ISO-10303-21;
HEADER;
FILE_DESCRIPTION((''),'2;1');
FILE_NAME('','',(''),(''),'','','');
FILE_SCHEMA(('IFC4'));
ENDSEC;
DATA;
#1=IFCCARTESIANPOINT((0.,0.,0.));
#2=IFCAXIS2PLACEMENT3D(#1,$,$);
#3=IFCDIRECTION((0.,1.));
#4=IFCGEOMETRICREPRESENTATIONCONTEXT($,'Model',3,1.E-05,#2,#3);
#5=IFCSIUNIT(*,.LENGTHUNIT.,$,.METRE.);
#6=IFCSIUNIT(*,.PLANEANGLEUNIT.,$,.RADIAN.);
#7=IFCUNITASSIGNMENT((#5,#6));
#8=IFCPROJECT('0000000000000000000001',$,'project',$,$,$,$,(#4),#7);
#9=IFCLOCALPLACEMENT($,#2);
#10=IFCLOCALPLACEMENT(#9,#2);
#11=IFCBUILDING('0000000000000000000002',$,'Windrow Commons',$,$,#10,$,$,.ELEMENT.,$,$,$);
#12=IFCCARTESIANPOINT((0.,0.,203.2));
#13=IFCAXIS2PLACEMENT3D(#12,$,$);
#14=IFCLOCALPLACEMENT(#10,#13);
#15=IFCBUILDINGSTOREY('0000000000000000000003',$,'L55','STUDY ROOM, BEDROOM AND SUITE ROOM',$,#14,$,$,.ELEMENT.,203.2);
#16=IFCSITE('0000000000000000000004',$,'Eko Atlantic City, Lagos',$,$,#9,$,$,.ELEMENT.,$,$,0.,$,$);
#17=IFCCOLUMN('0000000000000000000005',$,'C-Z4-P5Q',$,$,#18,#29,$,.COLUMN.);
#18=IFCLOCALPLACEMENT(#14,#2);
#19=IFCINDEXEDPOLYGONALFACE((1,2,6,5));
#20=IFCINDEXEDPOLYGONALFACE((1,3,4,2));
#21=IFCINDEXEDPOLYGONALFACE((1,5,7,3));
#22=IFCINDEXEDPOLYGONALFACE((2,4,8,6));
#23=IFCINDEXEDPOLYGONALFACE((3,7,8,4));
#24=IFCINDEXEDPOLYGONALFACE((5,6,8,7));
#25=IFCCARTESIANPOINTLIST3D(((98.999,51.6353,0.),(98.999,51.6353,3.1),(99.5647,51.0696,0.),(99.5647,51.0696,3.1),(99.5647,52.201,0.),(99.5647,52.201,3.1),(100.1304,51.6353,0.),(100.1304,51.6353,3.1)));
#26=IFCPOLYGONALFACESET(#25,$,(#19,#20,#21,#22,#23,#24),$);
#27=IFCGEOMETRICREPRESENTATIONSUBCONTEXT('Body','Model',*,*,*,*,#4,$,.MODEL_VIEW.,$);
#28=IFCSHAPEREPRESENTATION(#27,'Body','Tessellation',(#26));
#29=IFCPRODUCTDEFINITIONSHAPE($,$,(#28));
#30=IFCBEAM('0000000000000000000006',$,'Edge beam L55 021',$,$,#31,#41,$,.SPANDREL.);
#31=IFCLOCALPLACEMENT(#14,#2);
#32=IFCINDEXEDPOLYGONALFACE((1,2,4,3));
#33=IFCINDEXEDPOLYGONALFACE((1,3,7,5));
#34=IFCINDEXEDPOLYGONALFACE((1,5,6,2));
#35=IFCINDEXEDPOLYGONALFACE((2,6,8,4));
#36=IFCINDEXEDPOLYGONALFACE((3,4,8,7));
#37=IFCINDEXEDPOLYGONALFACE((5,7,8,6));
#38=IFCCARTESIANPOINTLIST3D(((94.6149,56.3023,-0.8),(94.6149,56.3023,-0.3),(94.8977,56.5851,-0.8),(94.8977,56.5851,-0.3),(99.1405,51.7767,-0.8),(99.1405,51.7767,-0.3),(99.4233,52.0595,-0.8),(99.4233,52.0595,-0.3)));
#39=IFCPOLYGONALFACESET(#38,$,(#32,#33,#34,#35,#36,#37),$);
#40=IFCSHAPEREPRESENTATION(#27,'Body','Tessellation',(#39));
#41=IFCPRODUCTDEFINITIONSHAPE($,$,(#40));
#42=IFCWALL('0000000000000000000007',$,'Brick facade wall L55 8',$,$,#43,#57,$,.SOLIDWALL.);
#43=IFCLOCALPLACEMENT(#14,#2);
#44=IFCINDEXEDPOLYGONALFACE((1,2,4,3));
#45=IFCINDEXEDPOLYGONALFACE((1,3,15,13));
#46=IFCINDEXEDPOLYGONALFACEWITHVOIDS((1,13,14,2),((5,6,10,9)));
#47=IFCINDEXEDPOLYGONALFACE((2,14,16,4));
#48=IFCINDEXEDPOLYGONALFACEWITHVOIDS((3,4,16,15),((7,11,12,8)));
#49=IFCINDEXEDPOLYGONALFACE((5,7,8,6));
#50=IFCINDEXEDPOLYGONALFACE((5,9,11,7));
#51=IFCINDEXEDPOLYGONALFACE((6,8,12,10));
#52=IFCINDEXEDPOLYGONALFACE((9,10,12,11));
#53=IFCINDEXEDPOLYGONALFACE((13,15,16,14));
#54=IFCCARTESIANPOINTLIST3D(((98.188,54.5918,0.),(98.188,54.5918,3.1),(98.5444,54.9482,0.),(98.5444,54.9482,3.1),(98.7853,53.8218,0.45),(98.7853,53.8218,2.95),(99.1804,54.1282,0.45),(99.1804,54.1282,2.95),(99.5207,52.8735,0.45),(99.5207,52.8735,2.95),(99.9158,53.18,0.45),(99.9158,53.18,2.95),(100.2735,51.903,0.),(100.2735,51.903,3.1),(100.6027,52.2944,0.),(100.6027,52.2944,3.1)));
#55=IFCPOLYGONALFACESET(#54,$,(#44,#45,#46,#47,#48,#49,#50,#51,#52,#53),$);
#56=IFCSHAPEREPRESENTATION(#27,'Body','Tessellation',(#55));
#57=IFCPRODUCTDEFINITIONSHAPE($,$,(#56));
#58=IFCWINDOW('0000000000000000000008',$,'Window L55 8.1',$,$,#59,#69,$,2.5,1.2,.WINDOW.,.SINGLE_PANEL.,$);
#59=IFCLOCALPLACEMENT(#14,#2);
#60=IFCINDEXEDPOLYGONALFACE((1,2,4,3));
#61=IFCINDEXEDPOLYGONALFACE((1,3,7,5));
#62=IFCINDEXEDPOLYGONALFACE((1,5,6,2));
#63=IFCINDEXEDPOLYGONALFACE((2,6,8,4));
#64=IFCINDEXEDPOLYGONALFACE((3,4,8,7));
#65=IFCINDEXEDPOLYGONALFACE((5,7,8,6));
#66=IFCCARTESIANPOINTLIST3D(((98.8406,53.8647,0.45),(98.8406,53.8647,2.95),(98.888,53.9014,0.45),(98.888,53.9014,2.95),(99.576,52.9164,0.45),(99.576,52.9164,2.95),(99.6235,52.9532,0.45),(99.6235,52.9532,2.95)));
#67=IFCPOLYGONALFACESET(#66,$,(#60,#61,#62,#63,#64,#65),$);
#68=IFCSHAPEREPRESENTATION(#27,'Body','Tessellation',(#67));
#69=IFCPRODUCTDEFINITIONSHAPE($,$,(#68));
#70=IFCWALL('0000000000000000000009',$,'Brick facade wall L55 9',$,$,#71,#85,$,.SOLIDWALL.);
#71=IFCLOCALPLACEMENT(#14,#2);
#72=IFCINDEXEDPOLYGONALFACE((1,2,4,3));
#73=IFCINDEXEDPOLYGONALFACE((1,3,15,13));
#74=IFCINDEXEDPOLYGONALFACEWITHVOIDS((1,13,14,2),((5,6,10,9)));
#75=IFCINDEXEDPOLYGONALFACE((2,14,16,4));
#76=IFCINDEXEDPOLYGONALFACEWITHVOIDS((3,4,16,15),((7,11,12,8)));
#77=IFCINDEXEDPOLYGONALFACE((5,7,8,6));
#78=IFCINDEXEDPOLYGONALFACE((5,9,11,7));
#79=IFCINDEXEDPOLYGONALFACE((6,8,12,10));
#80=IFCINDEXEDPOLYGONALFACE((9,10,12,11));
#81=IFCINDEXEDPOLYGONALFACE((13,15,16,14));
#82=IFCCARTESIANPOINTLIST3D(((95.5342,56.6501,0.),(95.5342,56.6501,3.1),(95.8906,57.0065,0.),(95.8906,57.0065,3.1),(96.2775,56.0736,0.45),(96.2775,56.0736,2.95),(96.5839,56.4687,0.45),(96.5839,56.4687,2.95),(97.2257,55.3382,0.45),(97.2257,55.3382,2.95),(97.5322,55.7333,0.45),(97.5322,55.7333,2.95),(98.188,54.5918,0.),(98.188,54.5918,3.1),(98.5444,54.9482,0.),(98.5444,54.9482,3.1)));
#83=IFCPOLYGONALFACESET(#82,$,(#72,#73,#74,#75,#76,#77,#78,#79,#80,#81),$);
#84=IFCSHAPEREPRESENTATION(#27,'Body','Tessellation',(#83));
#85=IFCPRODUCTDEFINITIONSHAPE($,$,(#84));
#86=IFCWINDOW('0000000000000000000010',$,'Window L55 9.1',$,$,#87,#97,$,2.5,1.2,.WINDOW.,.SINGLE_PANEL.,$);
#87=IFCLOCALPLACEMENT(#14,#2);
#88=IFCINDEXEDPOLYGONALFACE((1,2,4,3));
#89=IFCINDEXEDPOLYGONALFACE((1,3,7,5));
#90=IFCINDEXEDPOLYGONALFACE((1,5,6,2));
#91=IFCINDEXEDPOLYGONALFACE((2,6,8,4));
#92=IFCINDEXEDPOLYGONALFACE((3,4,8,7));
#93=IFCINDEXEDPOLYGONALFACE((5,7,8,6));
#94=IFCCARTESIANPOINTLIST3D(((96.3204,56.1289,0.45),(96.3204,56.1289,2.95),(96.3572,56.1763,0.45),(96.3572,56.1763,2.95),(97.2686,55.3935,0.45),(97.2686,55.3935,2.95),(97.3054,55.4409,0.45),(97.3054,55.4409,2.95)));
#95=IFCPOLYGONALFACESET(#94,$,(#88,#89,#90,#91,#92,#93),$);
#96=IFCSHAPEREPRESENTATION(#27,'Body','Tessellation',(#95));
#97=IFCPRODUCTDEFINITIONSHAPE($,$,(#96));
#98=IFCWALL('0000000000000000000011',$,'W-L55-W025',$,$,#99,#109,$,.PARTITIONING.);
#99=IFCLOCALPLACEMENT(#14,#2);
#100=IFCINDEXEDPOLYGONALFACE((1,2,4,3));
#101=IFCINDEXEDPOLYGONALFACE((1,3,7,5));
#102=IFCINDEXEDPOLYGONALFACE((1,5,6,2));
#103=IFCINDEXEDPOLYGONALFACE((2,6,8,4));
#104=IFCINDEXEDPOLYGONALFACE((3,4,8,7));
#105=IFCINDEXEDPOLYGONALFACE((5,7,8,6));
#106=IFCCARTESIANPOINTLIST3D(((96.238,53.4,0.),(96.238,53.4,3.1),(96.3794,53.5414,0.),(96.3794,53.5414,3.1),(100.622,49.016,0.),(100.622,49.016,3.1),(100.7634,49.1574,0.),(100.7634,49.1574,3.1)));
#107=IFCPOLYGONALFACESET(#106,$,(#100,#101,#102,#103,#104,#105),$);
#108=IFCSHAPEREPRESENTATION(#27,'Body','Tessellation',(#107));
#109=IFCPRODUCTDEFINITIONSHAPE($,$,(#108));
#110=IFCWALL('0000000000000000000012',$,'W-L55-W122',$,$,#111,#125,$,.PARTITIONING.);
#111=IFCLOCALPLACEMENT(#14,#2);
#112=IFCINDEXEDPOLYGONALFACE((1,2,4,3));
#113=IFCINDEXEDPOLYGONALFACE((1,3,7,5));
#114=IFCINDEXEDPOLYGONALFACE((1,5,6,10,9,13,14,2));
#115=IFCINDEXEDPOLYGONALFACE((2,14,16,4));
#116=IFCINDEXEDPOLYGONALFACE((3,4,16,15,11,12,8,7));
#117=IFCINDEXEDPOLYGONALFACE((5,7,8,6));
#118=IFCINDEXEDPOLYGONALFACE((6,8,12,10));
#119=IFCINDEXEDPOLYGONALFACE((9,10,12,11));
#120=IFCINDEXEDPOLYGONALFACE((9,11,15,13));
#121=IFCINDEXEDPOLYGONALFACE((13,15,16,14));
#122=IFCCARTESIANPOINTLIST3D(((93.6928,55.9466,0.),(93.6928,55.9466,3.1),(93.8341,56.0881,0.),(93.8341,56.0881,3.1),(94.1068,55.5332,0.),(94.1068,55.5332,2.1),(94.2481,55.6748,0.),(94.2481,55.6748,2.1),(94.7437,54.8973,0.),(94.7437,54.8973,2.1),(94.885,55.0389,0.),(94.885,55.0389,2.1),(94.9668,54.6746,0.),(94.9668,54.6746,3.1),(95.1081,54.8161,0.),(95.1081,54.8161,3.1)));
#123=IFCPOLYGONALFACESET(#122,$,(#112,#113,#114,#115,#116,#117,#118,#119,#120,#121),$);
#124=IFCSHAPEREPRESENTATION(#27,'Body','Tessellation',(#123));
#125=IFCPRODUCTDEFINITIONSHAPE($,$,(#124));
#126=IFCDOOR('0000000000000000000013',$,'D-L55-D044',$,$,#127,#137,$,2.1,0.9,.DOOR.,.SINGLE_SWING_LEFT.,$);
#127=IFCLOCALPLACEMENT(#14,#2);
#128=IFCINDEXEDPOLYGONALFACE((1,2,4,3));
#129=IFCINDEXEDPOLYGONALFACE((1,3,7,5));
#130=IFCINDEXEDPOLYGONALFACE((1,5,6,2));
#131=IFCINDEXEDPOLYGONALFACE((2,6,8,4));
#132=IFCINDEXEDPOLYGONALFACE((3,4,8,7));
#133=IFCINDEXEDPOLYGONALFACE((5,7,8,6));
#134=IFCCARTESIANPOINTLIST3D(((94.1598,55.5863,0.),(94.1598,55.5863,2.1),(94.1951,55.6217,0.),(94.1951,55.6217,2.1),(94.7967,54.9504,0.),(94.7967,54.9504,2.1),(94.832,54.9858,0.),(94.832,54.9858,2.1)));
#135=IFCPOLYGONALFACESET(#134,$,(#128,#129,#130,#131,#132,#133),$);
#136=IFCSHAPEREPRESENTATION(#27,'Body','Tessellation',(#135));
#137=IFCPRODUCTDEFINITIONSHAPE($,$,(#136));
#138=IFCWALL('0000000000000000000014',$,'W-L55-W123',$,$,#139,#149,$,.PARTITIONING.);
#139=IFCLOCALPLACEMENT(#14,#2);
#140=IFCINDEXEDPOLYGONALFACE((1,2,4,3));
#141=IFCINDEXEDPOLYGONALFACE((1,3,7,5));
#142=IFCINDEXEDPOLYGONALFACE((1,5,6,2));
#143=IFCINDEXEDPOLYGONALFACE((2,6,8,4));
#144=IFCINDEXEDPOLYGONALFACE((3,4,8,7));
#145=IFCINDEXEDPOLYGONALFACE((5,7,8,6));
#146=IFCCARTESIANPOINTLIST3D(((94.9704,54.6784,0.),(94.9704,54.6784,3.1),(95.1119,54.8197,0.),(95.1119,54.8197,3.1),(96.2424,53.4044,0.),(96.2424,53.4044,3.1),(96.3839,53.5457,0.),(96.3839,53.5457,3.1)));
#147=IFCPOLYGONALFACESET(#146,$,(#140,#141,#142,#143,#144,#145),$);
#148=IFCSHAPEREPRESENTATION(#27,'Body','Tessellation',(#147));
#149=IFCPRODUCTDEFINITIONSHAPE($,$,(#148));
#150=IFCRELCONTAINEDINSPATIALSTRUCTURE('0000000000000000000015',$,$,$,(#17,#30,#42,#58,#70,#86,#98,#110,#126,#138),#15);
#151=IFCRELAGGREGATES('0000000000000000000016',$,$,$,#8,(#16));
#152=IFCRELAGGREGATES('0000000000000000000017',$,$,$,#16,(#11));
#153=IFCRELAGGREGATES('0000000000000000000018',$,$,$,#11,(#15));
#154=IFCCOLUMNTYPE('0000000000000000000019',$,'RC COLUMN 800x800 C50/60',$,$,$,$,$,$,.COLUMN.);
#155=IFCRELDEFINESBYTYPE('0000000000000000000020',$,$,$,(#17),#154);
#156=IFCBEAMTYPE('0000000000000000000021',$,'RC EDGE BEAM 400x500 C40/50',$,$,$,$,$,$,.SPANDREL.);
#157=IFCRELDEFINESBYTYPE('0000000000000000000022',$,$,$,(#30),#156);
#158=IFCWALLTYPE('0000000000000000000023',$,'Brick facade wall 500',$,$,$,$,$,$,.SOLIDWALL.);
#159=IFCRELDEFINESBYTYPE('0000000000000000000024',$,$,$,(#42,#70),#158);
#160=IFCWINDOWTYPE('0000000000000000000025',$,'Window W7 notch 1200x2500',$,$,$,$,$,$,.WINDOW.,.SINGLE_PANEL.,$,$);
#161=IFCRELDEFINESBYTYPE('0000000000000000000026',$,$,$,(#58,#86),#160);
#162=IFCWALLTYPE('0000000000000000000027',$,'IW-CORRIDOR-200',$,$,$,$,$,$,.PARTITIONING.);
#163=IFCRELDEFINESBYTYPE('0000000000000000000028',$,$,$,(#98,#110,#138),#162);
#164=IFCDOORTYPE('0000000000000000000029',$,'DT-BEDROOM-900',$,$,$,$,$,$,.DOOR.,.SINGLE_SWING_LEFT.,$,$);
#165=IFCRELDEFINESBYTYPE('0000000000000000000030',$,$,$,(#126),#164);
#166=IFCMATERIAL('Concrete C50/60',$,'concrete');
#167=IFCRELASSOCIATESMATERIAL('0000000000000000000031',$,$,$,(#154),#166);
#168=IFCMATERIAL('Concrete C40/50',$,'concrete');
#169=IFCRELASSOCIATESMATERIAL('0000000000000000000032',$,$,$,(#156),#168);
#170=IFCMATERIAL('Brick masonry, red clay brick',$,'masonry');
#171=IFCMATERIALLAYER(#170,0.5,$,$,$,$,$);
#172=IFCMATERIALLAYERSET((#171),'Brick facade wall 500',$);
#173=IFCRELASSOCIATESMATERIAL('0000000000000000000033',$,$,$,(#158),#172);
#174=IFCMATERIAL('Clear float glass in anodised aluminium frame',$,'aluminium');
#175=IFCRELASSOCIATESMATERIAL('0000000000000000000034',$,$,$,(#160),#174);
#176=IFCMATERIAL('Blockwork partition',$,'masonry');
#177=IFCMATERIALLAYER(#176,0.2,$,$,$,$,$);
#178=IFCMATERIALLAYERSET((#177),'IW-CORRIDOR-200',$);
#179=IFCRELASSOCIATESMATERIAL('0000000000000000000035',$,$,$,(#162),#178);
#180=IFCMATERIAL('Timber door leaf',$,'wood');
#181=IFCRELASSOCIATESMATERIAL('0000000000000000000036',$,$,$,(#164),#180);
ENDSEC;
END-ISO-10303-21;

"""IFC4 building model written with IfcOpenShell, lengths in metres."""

from ifc_helpers import new_model, si_unit, direction, frame, frame_2d, origin, origin_2d, place, context, subcontext, project, spatial, polyline, rectangle, outline, extrude, material, layer, layer_set, material_profile, profile_set, type_object, element, fill, save


model = new_model("IFC4")

# Units and contexts
model_context = context("Model", 3, precision=1e-05, world=origin(), true_north=direction((0.0, 1.0)))
body_context = subcontext(model_context, "Body", "Model", "MODEL_VIEW")
ifc_project = project(units=[si_unit("LENGTHUNIT", "METRE"), si_unit("PLANEANGLEUNIT", "RADIAN")], contexts=[model_context])

# Site, building, storey
site_placement = place(None, origin())
site = spatial("IfcSite", under=ifc_project, at=site_placement, Name="Eko Atlantic City, Lagos", CompositionType="ELEMENT", RefElevation=0.0)
building_placement = place(site_placement, origin())
building = spatial("IfcBuilding", under=site, at=building_placement, Name="Windrow Commons", CompositionType="ELEMENT")
storey_placement = place(building_placement, frame((0.0, 0.0, 203.2)))
storey = spatial("IfcBuildingStorey", under=building, at=storey_placement, Name="L55", Description="STUDY ROOM, BEDROOM AND SUITE ROOM", CompositionType="ELEMENT", Elevation=203.2)

# Column
ifc_material_1 = material(Name="Concrete C50/60", Category="concrete")
ifc_material_profile_1 = material_profile(ifc_material_1, rectangle(XDim=0.8, YDim=0.8, at=origin_2d()))
ifc_profile_set_1 = profile_set([ifc_material_profile_1], Name="Concrete C50/60")
column_type = type_object("IfcColumnType", Name="RC COLUMN 800x800 C50/60", PredefinedType="COLUMN", material=ifc_profile_set_1)
column_placement = place(storey_placement, frame((99.5647, 51.6353, 0.0), z_axis=(0.0, 0.0, 1.0), x_axis=(0.707107, -0.707107, 0.0)))
element("IfcColumn", 1, at=column_placement, inside=storey, type_object=column_type, Name="C-Z4-P5Q", PredefinedType="COLUMN", context=body_context, shape_type="SweptSolid", body=[
    extrude(rectangle(XDim=0.8, YDim=0.8, at=origin_2d()), origin(), (0.0, 0.0, 1.0), 3.1),
])

# Beam
ifc_material_2 = material(Name="Concrete C40/50", Category="concrete")
ifc_material_profile_2 = material_profile(ifc_material_2, rectangle(XDim=0.4, YDim=0.5, at=origin_2d()))
ifc_profile_set_2 = profile_set([ifc_material_profile_2], Name="Concrete C40/50")
beam_type = type_object("IfcBeamType", Name="RC EDGE BEAM 400x500 C40/50", PredefinedType="SPANDREL", material=ifc_profile_set_2)
beam_placement = place(storey_placement, frame((94.7563, 56.4437, -0.55), z_axis=(0.707107, -0.707107, 0.0), x_axis=(0.707107, 0.707107, 0.0)))
element("IfcBeam", 2, at=beam_placement, inside=storey, type_object=beam_type, Name="Edge beam L55 021", PredefinedType="SPANDREL", context=body_context, shape_type="SweptSolid", body=[
    extrude(rectangle(XDim=0.4, YDim=0.5, at=origin_2d()), origin(), (0.0, 0.0, 1.0), 6.4002),
])

# Walls, openings, windows
ifc_material_3 = material(Name="Brick masonry, red clay brick", Category="masonry")
ifc_layer_1 = layer(ifc_material_3, 0.5)
ifc_layer_set_1 = layer_set([ifc_layer_1], Name="Brick facade wall 500")
wall_type_1 = type_object("IfcWallType", Name="Brick facade wall 500", PredefinedType="SOLIDWALL", material=ifc_layer_set_1)
wall_1_placement = place(storey_placement, frame((100.4381, 52.0987, 0.0), z_axis=(0.0, 0.0, 1.0), x_axis=(-0.612875, 0.79018, 0.0)))
wall_1 = element("IfcWall", 3, at=wall_1_placement, inside=storey, type_object=wall_type_1, Name="Brick facade wall L55 8", PredefinedType="SOLIDWALL", context=body_context, shape_type="SweptSolid", body=[
    extrude(outline(polyline([(0.0537, -0.25), (3.4122, -0.25), (3.349, 0.25), (-0.0537, 0.25), (0.0537, -0.25)])), origin(), (0.0, 0.0, 1.0), 3.1),
])
opening_1_placement = place(wall_1_placement, frame((1.1745, 0.0, 0.45)))
opening_1 = element("IfcOpeningElement", 4, at=opening_1_placement, cuts=wall_1, PredefinedType="OPENING", context=body_context, shape_type="SweptSolid", body=[
    extrude(rectangle(XDim=1.2, YDim=2.5, at=frame_2d((0.6, 1.25))), frame((0.0, 0.26, 0.0), z_axis=(0.0, -1.0, 0.0), x_axis=(1.0, 0.0, 0.0)), (0.0, 0.0, 1.0), 0.52),
])
ifc_material_4 = material(Name="Clear float glass in anodised aluminium frame", Category="aluminium")
window_type = type_object("IfcWindowType", Name="Window W7 notch 1200x2500", PartitioningType="SINGLE_PANEL", PredefinedType="WINDOW", material=ifc_material_4)
window_1_placement = place(opening_1_placement, origin())
window_1 = element("IfcWindow", 5, at=window_1_placement, inside=storey, type_object=window_type, Name="Window L55 8.1", OverallHeight=2.5, OverallWidth=1.2, PartitioningType="SINGLE_PANEL", PredefinedType="WINDOW", context=body_context, shape_type="SweptSolid", body=[
    extrude(rectangle(XDim=1.2, YDim=2.5, at=frame_2d((0.6, 1.25))), frame((0.0, 0.18, 0.0), z_axis=(0.0, -1.0, 0.0), x_axis=(1.0, 0.0, 0.0)), (0.0, 0.0, 1.0), 0.06),
])
fill(opening_1, window_1)
wall_2_placement = place(storey_placement, frame((98.3662, 54.77, 0.0), z_axis=(0.0, 0.0, 1.0), x_axis=(-0.790184, 0.61287, 0.0)))
wall_2 = element("IfcWall", 6, at=wall_2_placement, inside=storey, type_object=wall_type_1, Name="Brick facade wall L55 9", PredefinedType="SOLIDWALL", context=body_context, shape_type="SweptSolid", body=[
    extrude(outline(polyline([(-0.0316, -0.25), (3.3269, -0.25), (3.3901, 0.25), (0.0316, 0.25), (-0.0316, -0.25)])), origin(), (0.0, 0.0, 1.0), 3.1),
])
opening_2_placement = place(wall_2_placement, frame((1.2494, 0.0, 0.45)))
opening_2 = element("IfcOpeningElement", 7, at=opening_2_placement, cuts=wall_2, PredefinedType="OPENING", context=body_context, shape_type="SweptSolid", body=[
    extrude(rectangle(XDim=1.2, YDim=2.5, at=frame_2d((0.6, 1.25))), frame((0.0, 0.26, 0.0), z_axis=(0.0, -1.0, 0.0), x_axis=(1.0, 0.0, 0.0)), (0.0, 0.0, 1.0), 0.52),
])
window_2_placement = place(opening_2_placement, origin())
window_2 = element("IfcWindow", 8, at=window_2_placement, inside=storey, type_object=window_type, Name="Window L55 9.1", OverallHeight=2.5, OverallWidth=1.2, PartitioningType="SINGLE_PANEL", PredefinedType="WINDOW", context=body_context, shape_type="SweptSolid", body=[
    extrude(rectangle(XDim=1.2, YDim=2.5, at=frame_2d((0.6, 1.25))), frame((0.0, 0.18, 0.0), z_axis=(0.0, -1.0, 0.0), x_axis=(1.0, 0.0, 0.0)), (0.0, 0.0, 1.0), 0.06),
])
fill(opening_2, window_2)

# Wall
ifc_material_5 = material(Name="Blockwork partition", Category="masonry")
ifc_layer_2 = layer(ifc_material_5, 0.2)
ifc_layer_set_2 = layer_set([ifc_layer_2], Name="IW-CORRIDOR-200")
wall_type_2 = type_object("IfcWallType", Name="IW-CORRIDOR-200", PredefinedType="PARTITIONING", material=ifc_layer_set_2)
wall_3_placement = place(storey_placement, frame((96.3087, 53.4707, 0.0), z_axis=(0.0, 0.0, 1.0), x_axis=(0.707107, -0.707107, 0.0)))
element("IfcWall", 9, at=wall_3_placement, inside=storey, type_object=wall_type_2, Name="W-L55-W025", PredefinedType="PARTITIONING", context=body_context, shape_type="SweptSolid", body=[
    extrude(rectangle(XDim=6.1999, YDim=0.2, at=frame_2d((3.1, 0.0))), origin(), (0.0, 0.0, 1.0), 3.1),
])

# Wall, opening, door
wall_4_placement = place(storey_placement, frame((93.7634, 56.0174, 0.0), z_axis=(0.0, 0.0, 1.0), x_axis=(0.707662, -0.706551, 0.0)))
wall_4 = element("IfcWall", 10, at=wall_4_placement, inside=storey, type_object=wall_type_2, Name="W-L55-W122", PredefinedType="PARTITIONING", context=body_context, shape_type="SweptSolid", body=[
    extrude(rectangle(XDim=1.8003, YDim=0.2, at=frame_2d((0.9002, 0.0))), origin(), (0.0, 0.0, 1.0), 3.1),
])
opening_3_placement = place(wall_4_placement, frame((0.5851, 0.0, 0.0)))
opening_3 = element("IfcOpeningElement", 11, at=opening_3_placement, cuts=wall_4, PredefinedType="OPENING", context=body_context, shape_type="SweptSolid", body=[
    extrude(rectangle(XDim=0.9, YDim=2.1, at=frame_2d((0.45, 1.05))), frame((0.0, 0.11, 0.0), z_axis=(0.0, -1.0, 0.0), x_axis=(1.0, 0.0, 0.0)), (0.0, 0.0, 1.0), 0.22),
])
ifc_material_6 = material(Name="Timber door leaf", Category="wood")
door_type_1 = type_object("IfcDoorType", Name="DT-BEDROOM-900", OperationType="SINGLE_SWING_LEFT", PredefinedType="DOOR", material=ifc_material_6)
door_1_placement = place(opening_3_placement, origin())
door_1 = element("IfcDoor", 12, at=door_1_placement, inside=storey, type_object=door_type_1, Name="D-L55-D044", OperationType="SINGLE_SWING_LEFT", OverallHeight=2.1, OverallWidth=0.9, PredefinedType="DOOR", context=body_context, shape_type="SweptSolid", body=[
    extrude(rectangle(XDim=0.9, YDim=2.1, at=frame_2d((0.45, 1.05))), frame((0.0, 0.025, 0.0), z_axis=(0.0, -1.0, 0.0), x_axis=(1.0, 0.0, 0.0)), (0.0, 0.0, 1.0), 0.05),
])
fill(opening_3, door_1)

# Wall
wall_5_placement = place(storey_placement, frame((95.0411, 54.7491, 0.0), z_axis=(0.0, 0.0, 1.0), x_axis=(0.706551, -0.707662, 0.0)))
element("IfcWall", 13, at=wall_5_placement, inside=storey, type_object=wall_type_2, Name="W-L55-W123", PredefinedType="PARTITIONING", context=body_context, shape_type="SweptSolid", body=[
    extrude(rectangle(XDim=1.8003, YDim=0.2, at=frame_2d((0.9002, 0.0))), origin(), (0.0, 0.0, 1.0), 3.1),
])

save(model, "model.ifc")
